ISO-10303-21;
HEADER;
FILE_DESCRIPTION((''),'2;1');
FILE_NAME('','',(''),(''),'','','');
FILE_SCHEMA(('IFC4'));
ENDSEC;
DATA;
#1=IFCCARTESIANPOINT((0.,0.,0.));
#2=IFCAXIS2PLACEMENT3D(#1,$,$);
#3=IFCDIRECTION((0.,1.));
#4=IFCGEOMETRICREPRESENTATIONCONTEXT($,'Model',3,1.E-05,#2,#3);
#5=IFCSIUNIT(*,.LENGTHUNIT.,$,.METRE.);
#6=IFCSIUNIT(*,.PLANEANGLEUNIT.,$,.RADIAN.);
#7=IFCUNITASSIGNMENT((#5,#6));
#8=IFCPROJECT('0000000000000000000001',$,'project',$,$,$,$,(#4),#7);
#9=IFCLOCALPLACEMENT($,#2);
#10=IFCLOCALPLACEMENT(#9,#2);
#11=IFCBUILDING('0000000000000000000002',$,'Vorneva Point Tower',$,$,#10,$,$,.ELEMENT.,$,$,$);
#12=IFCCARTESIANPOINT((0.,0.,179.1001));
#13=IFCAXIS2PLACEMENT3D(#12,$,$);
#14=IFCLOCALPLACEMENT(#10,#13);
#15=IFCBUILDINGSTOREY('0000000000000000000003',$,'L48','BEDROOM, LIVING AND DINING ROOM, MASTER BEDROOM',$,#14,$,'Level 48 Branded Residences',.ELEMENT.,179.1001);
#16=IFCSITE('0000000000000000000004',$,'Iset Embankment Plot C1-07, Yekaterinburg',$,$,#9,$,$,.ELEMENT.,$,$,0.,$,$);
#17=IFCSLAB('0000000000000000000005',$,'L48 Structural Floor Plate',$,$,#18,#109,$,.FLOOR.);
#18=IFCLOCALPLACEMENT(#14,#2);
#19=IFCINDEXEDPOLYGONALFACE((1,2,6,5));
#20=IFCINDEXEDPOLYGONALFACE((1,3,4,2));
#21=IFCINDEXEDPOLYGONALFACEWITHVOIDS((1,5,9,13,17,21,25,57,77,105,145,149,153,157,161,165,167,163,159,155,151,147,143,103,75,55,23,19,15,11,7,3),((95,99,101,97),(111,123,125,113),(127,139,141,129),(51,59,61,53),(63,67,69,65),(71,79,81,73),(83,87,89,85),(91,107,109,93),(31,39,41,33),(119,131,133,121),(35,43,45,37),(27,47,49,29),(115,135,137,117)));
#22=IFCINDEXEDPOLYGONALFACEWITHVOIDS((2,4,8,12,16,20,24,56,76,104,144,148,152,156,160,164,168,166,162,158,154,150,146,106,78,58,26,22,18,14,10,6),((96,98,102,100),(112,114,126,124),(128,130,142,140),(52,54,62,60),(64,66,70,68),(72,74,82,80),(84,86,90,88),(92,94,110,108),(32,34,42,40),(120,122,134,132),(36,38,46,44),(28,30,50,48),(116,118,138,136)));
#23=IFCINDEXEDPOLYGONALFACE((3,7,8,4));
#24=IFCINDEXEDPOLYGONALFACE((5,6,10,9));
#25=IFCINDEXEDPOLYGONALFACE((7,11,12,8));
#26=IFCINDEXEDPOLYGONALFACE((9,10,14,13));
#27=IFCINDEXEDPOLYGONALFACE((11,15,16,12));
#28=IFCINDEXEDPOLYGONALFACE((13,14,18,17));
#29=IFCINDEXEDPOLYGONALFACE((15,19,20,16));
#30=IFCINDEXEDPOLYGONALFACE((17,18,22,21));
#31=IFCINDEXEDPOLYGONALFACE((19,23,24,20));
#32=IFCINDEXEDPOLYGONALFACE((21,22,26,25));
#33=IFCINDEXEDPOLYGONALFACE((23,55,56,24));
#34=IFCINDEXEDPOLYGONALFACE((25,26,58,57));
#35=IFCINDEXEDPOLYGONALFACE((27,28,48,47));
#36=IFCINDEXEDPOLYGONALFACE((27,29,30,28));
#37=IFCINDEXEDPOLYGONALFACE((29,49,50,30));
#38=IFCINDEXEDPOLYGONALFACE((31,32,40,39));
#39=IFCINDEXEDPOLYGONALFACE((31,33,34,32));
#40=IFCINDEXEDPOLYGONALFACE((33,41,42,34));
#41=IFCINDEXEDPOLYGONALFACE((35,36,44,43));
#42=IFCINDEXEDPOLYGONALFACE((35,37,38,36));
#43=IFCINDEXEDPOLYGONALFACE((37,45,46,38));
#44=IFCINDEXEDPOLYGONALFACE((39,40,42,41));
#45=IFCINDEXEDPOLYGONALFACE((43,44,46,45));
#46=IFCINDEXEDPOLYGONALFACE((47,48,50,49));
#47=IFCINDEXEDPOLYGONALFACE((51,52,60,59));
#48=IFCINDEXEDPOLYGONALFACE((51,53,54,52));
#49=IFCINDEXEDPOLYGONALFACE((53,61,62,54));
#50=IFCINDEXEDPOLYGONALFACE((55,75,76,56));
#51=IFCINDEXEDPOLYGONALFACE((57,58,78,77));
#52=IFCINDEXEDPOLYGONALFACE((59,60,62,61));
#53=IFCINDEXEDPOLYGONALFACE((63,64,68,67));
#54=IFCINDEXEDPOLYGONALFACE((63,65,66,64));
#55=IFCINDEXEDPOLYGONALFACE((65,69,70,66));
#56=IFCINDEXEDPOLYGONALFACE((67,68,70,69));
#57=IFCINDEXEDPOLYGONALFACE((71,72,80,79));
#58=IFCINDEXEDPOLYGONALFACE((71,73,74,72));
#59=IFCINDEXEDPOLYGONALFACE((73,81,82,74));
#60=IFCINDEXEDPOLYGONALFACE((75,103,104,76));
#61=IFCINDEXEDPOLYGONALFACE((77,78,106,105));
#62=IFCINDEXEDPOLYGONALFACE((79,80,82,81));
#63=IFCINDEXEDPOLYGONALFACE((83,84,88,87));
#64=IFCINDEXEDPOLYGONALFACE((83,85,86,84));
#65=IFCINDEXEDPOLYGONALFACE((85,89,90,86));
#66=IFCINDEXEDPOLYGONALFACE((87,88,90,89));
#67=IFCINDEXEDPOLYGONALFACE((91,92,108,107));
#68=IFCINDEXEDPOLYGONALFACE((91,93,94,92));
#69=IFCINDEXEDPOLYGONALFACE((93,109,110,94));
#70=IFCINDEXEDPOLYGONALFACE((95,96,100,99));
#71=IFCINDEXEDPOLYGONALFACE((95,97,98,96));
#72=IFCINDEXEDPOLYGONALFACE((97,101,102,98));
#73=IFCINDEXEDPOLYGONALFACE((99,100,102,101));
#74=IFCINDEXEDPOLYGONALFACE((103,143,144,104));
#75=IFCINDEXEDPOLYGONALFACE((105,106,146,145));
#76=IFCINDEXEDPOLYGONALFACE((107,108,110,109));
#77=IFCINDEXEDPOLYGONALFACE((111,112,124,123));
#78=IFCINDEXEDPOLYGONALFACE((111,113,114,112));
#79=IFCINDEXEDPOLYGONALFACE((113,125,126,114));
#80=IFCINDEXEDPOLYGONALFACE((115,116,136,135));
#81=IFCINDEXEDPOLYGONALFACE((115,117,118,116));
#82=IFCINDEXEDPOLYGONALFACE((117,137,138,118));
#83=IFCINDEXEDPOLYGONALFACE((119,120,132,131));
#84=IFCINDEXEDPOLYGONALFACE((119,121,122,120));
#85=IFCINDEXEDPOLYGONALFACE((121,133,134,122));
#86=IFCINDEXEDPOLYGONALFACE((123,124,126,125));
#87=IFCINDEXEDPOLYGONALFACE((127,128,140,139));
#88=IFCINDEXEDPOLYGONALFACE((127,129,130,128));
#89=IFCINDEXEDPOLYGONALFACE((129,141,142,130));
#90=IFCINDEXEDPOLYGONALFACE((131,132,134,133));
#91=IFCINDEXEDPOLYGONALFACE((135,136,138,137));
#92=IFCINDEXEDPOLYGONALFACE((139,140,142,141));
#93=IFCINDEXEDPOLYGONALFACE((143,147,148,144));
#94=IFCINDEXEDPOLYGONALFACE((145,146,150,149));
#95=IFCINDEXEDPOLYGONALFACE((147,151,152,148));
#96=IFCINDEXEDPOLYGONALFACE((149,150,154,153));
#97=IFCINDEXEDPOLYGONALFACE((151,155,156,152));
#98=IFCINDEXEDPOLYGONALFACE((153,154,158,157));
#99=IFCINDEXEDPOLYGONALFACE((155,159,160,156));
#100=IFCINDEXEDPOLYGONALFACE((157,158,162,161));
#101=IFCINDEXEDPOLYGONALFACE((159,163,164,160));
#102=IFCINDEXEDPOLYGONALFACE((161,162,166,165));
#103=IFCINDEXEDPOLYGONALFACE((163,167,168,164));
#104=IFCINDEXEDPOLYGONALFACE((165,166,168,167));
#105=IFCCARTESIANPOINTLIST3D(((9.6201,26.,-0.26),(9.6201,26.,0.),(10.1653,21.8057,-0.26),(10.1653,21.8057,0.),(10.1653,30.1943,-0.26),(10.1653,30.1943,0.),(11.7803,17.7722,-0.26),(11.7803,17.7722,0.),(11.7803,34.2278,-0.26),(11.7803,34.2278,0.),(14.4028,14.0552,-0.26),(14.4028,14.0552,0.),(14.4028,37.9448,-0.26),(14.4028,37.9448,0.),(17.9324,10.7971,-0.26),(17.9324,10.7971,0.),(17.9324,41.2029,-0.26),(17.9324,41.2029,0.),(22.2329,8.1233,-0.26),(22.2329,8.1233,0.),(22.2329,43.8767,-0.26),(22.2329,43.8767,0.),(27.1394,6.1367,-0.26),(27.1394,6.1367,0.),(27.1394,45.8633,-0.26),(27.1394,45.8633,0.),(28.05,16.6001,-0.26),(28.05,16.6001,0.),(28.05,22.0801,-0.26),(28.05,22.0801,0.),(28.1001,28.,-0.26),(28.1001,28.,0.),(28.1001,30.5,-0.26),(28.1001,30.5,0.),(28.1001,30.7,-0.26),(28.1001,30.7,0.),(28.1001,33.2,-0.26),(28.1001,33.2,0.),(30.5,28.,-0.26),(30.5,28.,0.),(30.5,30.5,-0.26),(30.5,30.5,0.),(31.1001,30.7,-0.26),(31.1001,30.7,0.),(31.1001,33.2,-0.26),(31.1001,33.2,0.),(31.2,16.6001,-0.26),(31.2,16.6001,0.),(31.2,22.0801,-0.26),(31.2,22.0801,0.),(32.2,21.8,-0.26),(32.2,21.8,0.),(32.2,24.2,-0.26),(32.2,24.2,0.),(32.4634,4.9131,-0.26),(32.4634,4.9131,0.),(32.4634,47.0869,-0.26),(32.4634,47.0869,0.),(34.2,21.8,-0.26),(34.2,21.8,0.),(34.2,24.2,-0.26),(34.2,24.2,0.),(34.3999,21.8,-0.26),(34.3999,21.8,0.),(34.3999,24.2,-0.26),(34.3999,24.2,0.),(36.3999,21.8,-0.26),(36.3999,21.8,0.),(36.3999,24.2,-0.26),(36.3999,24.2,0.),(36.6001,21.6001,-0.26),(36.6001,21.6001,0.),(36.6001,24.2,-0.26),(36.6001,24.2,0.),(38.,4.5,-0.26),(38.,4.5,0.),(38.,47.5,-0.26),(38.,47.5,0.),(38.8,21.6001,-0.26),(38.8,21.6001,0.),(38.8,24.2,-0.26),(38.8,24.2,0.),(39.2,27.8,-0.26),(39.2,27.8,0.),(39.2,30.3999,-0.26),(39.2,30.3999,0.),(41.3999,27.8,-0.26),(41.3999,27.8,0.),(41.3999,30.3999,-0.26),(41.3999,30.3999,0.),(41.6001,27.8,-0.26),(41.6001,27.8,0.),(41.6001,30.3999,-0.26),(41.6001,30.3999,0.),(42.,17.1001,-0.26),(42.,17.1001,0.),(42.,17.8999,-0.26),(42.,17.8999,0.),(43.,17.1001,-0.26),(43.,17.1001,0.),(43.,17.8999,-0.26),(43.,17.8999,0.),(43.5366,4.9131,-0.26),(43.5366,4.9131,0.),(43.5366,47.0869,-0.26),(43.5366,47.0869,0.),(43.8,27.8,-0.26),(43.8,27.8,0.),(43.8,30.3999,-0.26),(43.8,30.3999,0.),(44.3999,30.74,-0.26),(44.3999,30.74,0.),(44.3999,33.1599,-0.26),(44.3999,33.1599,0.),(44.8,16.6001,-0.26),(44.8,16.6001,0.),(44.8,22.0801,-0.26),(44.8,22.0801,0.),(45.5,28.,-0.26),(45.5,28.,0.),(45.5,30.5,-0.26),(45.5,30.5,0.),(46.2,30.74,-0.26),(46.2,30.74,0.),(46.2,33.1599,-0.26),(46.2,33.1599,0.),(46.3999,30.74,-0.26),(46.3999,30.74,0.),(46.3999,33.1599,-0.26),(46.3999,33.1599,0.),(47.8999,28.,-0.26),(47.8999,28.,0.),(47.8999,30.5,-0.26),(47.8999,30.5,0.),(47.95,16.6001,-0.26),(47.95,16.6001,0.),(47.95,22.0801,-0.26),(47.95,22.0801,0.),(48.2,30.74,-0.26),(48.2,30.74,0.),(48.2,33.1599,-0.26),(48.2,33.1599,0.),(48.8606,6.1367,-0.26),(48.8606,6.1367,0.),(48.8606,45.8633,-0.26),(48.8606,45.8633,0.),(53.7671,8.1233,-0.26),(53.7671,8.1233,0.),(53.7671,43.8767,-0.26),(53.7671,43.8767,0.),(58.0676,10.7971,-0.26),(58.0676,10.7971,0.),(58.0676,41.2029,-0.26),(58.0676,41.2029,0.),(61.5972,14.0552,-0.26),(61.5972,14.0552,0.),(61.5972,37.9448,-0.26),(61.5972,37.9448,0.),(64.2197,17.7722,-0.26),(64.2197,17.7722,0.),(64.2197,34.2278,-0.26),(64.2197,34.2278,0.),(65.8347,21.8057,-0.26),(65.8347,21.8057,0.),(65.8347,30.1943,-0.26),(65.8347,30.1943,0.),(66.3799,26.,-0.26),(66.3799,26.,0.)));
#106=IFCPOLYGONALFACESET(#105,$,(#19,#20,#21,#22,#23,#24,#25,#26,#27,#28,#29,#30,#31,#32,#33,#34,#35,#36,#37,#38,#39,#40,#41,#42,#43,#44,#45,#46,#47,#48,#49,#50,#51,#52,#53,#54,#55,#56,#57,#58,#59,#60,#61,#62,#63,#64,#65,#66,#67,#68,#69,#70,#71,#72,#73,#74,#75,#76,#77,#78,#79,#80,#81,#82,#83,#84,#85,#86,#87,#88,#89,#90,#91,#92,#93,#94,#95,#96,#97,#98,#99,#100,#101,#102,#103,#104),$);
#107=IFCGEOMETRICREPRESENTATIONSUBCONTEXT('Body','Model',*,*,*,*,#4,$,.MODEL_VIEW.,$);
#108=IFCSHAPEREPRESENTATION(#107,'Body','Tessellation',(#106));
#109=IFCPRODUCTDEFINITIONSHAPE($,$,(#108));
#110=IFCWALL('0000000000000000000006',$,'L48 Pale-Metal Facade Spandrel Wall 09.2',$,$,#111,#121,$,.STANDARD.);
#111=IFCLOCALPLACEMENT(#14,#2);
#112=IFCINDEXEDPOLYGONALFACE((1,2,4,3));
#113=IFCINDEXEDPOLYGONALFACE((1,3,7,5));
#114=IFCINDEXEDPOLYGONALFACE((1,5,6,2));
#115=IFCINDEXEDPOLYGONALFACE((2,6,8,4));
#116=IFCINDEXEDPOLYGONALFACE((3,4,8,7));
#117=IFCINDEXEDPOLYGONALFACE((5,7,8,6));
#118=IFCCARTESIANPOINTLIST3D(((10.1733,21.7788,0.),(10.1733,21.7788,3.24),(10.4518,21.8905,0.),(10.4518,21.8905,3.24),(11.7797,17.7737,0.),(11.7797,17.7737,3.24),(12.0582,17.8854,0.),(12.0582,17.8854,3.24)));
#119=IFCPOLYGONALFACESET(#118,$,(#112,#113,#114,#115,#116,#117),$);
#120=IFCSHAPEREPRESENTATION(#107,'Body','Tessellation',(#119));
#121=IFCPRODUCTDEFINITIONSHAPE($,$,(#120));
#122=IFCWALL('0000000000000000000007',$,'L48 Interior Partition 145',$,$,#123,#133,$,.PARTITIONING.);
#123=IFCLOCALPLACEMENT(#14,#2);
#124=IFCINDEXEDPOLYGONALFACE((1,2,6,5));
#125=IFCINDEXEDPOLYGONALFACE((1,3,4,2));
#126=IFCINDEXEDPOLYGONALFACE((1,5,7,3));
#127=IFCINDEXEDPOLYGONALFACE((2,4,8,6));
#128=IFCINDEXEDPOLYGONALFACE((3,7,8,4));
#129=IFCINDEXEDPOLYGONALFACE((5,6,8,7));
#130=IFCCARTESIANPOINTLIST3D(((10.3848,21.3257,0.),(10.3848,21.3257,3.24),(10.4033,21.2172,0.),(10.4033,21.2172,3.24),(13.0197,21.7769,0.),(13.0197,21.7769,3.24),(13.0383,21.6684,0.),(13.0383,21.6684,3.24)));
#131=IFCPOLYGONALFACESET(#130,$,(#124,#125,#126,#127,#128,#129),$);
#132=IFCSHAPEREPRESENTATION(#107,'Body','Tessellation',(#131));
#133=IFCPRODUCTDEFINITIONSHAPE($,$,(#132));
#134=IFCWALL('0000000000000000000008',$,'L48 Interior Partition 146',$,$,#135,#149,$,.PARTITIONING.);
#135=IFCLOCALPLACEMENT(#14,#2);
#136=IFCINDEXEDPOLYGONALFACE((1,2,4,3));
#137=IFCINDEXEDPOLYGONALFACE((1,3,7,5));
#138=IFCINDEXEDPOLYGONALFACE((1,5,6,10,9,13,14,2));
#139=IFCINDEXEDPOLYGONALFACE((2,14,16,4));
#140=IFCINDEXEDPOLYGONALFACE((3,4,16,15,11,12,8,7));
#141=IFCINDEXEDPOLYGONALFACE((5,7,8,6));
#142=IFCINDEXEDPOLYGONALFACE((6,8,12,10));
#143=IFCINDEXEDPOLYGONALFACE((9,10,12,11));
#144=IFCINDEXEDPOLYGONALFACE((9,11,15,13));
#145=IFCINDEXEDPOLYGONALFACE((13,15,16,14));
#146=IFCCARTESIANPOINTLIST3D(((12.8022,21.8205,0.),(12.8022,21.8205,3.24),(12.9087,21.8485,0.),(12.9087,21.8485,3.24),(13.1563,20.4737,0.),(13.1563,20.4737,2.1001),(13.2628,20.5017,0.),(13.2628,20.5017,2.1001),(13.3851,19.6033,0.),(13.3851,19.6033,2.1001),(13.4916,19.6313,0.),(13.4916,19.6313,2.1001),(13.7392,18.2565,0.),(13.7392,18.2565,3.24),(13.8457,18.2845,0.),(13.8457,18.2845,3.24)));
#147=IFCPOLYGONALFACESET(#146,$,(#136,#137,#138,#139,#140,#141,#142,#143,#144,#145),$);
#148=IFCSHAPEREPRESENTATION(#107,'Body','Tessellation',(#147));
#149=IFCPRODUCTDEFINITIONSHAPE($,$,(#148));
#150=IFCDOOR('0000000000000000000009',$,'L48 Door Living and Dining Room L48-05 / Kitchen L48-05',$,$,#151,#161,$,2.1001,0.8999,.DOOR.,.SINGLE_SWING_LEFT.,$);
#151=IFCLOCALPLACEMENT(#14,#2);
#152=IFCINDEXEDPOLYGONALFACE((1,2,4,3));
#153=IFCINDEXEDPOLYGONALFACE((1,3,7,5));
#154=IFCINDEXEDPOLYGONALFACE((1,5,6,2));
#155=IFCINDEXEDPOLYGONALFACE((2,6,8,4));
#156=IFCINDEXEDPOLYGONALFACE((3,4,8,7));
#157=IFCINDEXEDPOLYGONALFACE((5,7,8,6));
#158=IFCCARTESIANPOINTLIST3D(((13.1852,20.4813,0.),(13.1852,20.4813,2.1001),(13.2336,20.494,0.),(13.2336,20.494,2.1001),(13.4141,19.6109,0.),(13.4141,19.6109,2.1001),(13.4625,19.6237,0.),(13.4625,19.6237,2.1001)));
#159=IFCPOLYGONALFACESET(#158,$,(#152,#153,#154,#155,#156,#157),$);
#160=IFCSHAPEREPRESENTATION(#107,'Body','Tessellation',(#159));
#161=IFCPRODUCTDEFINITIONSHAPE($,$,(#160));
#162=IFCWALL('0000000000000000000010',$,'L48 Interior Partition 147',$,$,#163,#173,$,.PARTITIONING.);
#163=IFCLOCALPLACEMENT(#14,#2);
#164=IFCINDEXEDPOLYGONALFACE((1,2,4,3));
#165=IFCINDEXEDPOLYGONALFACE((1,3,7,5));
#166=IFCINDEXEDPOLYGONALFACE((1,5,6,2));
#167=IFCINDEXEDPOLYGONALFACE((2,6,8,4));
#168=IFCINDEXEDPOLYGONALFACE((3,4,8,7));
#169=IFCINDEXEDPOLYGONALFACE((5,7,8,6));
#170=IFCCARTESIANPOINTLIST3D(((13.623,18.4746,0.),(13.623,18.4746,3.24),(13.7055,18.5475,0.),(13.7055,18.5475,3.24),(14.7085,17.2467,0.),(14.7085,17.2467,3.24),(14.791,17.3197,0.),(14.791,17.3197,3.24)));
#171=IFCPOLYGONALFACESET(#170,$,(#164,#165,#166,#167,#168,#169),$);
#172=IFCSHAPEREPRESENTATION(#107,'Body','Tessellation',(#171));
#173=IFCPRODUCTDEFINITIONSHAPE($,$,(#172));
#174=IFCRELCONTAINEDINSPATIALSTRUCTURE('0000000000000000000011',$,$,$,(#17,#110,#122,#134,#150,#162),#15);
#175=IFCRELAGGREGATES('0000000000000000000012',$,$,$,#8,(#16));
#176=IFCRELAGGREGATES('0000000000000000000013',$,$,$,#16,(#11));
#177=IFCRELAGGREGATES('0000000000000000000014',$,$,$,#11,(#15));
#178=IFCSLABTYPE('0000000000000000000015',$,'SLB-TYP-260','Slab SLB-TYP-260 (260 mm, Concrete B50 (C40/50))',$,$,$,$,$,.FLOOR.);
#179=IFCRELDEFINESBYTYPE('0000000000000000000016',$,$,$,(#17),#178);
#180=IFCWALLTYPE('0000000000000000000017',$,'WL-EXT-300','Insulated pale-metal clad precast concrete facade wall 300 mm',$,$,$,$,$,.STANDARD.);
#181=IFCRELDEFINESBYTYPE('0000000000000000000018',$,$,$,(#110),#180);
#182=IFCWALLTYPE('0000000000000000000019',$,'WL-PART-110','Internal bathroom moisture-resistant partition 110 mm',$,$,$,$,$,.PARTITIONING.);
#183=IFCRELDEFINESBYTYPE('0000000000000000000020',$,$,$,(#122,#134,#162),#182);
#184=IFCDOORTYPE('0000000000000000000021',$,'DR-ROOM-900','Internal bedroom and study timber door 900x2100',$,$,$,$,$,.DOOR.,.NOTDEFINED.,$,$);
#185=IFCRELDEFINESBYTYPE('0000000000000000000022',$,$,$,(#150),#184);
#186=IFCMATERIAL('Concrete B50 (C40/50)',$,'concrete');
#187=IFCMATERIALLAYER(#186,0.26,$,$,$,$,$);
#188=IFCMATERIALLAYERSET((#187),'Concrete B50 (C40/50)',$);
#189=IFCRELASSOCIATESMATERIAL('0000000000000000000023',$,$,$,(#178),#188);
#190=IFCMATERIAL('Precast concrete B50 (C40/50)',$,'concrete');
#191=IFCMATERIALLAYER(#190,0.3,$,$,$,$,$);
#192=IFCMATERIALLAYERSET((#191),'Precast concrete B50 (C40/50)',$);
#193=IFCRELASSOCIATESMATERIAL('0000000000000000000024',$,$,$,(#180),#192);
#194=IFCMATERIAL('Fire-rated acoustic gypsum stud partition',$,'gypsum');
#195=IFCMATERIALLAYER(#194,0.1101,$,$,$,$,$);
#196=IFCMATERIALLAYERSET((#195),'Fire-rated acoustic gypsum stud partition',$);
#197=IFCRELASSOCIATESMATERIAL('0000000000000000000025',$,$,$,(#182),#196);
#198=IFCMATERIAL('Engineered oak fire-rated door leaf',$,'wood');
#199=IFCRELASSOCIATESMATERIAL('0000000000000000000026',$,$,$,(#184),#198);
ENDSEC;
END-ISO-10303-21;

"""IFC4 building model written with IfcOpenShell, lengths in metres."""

from ifc_helpers import new_model, si_unit, direction, frame, frame_2d, origin, place, context, subcontext, project, spatial, polyline, rectangle, outline, extrude, material, layer, layer_set, type_object, element, fill, save


model = new_model("IFC4")

# Units and contexts
model_context = context("Model", 3, precision=1e-05, world=origin(), true_north=direction((0.0, 1.0)))
body_context = subcontext(model_context, "Body", "Model", "MODEL_VIEW")
ifc_project = project(units=[si_unit("LENGTHUNIT", "METRE"), si_unit("PLANEANGLEUNIT", "RADIAN")], contexts=[model_context])

# Site, building, storey
site_placement = place(None, origin())
site = spatial("IfcSite", under=ifc_project, at=site_placement, Name="Iset Embankment Plot C1-07, Yekaterinburg", CompositionType="ELEMENT", RefElevation=0.0)
building_placement = place(site_placement, origin())
building = spatial("IfcBuilding", under=site, at=building_placement, Name="Vorneva Point Tower", CompositionType="ELEMENT")
storey_placement = place(building_placement, frame((0.0, 0.0, 179.1001)))
storey = spatial("IfcBuildingStorey", under=building, at=storey_placement, Name="L48", Description="BEDROOM, LIVING AND DINING ROOM, MASTER BEDROOM", LongName="Level 48 Branded Residences", CompositionType="ELEMENT", Elevation=179.1001)

# Shared definitions
ifc_material_1 = material(Name="Concrete B50 (C40/50)", Category="concrete")

# Slab
ifc_layer_1 = layer(ifc_material_1, 0.26)
ifc_layer_set_1 = layer_set([ifc_layer_1], Name="Concrete B50 (C40/50)")
slab_type_1 = type_object("IfcSlabType", Name="SLB-TYP-260", Description="Slab SLB-TYP-260 (260 mm, Concrete B50 (C40/50))", PredefinedType="FLOOR", material=ifc_layer_set_1)
slab_1_placement = place(storey_placement, frame((0.0, 0.0, -0.26)))
element("IfcSlab", 1, at=slab_1_placement, inside=storey, type_object=slab_type_1, Name="L48 Structural Floor Plate", PredefinedType="FLOOR", context=body_context, shape_type="SweptSolid", body=[
    extrude(outline(polyline([(66.3799, 26.0), (65.8347, 30.1943), (64.2197, 34.2278), (61.5972, 37.9448), (58.0676, 41.2029), (53.7671, 43.8767), (48.8606, 45.8633), (43.5366, 47.0869), (38.0, 47.5), (32.4634, 47.0869), (27.1394, 45.8633), (22.2329, 43.8767), (17.9324, 41.2029), (14.4028, 37.9448), (11.7803, 34.2278), (10.1653, 30.1943), (9.6201, 26.0), (10.1653, 21.8057), (11.7803, 17.7722), (14.4028, 14.0552), (17.9324, 10.7971), (22.2329, 8.1233), (27.1394, 6.1367), (32.4634, 4.9131), (38.0, 4.5), (43.5366, 4.9131), (48.8606, 6.1367), (53.7671, 8.1233), (58.0676, 10.7971), (61.5972, 14.0552), (64.2197, 17.7722), (65.8347, 21.8057), (66.3799, 26.0)]), holes=[polyline([(32.2, 21.8), (34.2, 21.8), (34.2, 24.2), (32.2, 24.2), (32.2, 21.8)]), polyline([(34.3999, 21.8), (36.3999, 21.8), (36.3999, 24.2), (34.3999, 24.2), (34.3999, 21.8)]), polyline([(36.6001, 21.6001), (38.8, 21.6001), (38.8, 24.2), (36.6001, 24.2), (36.6001, 21.6001)]), polyline([(39.2, 27.8), (41.3999, 27.8), (41.3999, 30.3999), (39.2, 30.3999), (39.2, 27.8)]), polyline([(41.6001, 27.8), (43.8, 27.8), (43.8, 30.3999), (41.6001, 30.3999), (41.6001, 27.8)]), polyline([(44.3999, 30.74), (46.2, 30.74), (46.2, 33.1599), (44.3999, 33.1599), (44.3999, 30.74)]), polyline([(46.3999, 30.74), (48.2, 30.74), (48.2, 33.1599), (46.3999, 33.1599), (46.3999, 30.74)]), polyline([(28.1001, 28.0), (30.5, 28.0), (30.5, 30.5), (28.1001, 30.5), (28.1001, 28.0)]), polyline([(45.5, 28.0), (47.8999, 28.0), (47.8999, 30.5), (45.5, 30.5), (45.5, 28.0)]), polyline([(28.1001, 30.7), (31.1001, 30.7), (31.1001, 33.2), (28.1001, 33.2), (28.1001, 30.7)]), polyline([(28.05, 16.6001), (31.2, 16.6001), (31.2, 22.0801), (28.05, 22.0801), (28.05, 16.6001)]), polyline([(44.8, 16.6001), (47.95, 16.6001), (47.95, 22.0801), (44.8, 22.0801), (44.8, 16.6001)]), polyline([(42.0, 17.1001), (43.0, 17.1001), (43.0, 17.8999), (42.0, 17.8999), (42.0, 17.1001)])]), origin(), (0.0, 0.0, 1.0), 0.26),
])

# Walls
ifc_material_2 = material(Name="Precast concrete B50 (C40/50)", Category="concrete")
ifc_layer_2 = layer(ifc_material_2, 0.3)
ifc_layer_set_2 = layer_set([ifc_layer_2], Name="Precast concrete B50 (C40/50)")
wall_type_1 = type_object("IfcWallType", Name="WL-EXT-300", Description="Insulated pale-metal clad precast concrete facade wall 300 mm", PredefinedType="STANDARD", material=ifc_layer_set_2)
wall_1_placement = place(storey_placement, frame((10.3125, 21.8347, 0.0), z_axis=(0.0, 0.0, 1.0), x_axis=(0.372268, -0.928125, 0.0)))
element("IfcWall", 2, at=wall_1_placement, inside=storey, type_object=wall_type_1, Name="L48 Pale-Metal Facade Spandrel Wall 09.2", PredefinedType="STANDARD", context=body_context, shape_type="SweptSolid", body=[
    extrude(rectangle(XDim=4.3152, YDim=0.3, at=frame_2d((2.1577, 0.0))), origin(), (0.0, 0.0, 1.0), 3.24),
])
ifc_material_3 = material(Name="Fire-rated acoustic gypsum stud partition", Category="gypsum")
ifc_layer_3 = layer(ifc_material_3, 0.1101)
ifc_layer_set_3 = layer_set([ifc_layer_3], Name="Fire-rated acoustic gypsum stud partition")
wall_type_2 = type_object("IfcWallType", Name="WL-PART-110", Description="Internal bathroom moisture-resistant partition 110 mm", PredefinedType="PARTITIONING", material=ifc_layer_set_3)
wall_2_placement = place(storey_placement, frame((10.394, 21.2715, 0.0), z_axis=(0.0, 0.0, 1.0), x_axis=(0.985656, 0.168766, 0.0)))
element("IfcWall", 3, at=wall_2_placement, inside=storey, type_object=wall_type_2, Name="L48 Interior Partition 145", PredefinedType="PARTITIONING", context=body_context, shape_type="SweptSolid", body=[
    extrude(rectangle(XDim=2.6733, YDim=0.1101, at=frame_2d((1.3367, 0.0))), origin(), (0.0, 0.0, 1.0), 3.24),
])

# Wall, opening, door
wall_3_placement = place(storey_placement, frame((12.8555, 21.8345, 0.0), z_axis=(0.0, 0.0, 1.0), x_axis=(0.254272, -0.967133, 0.0)))
wall_3 = element("IfcWall", 4, at=wall_3_placement, inside=storey, type_object=wall_type_2, Name="L48 Interior Partition 146", PredefinedType="PARTITIONING", context=body_context, shape_type="SweptSolid", body=[
    extrude(rectangle(XDim=3.6851, YDim=0.1101, at=frame_2d((1.8425, 0.0))), origin(), (0.0, 0.0, 1.0), 3.24),
])
opening_1_placement = place(wall_3_placement, frame((1.3926, 0.0, 0.0)))
opening_1 = element("IfcOpeningElement", 5, at=opening_1_placement, cuts=wall_3, PredefinedType="OPENING", context=body_context, shape_type="SweptSolid", body=[
    extrude(rectangle(XDim=0.8999, YDim=2.1001, at=frame_2d((0.45, 1.05))), frame((0.0, 0.0698, 0.0), z_axis=(0.0, -1.0, 0.0), x_axis=(1.0, 0.0, 0.0)), (0.0, 0.0, 1.0), 0.1399),
])
ifc_material_4 = material(Name="Engineered oak fire-rated door leaf", Category="wood")
door_type = type_object("IfcDoorType", Name="DR-ROOM-900", Description="Internal bedroom and study timber door 900x2100", OperationType="NOTDEFINED", PredefinedType="DOOR", material=ifc_material_4)
door_1_placement = place(opening_1_placement, origin())
door_1 = element("IfcDoor", 6, at=door_1_placement, inside=storey, type_object=door_type, Name="L48 Door Living and Dining Room L48-05 / Kitchen L48-05", OperationType="SINGLE_SWING_LEFT", OverallHeight=2.1001, OverallWidth=0.8999, PredefinedType="DOOR", context=body_context, shape_type="SweptSolid", body=[
    extrude(rectangle(XDim=0.8999, YDim=2.1001, at=frame_2d((0.45, 1.05))), frame((0.0, 0.0249, 0.0), z_axis=(0.0, -1.0, 0.0), x_axis=(1.0, 0.0, 0.0)), (0.0, 0.0, 1.0), 0.05),
])
fill(opening_1, door_1)

# Wall
wall_4_placement = place(storey_placement, frame((13.6643, 18.511, 0.0), z_axis=(0.0, 0.0, 1.0), x_axis=(0.662346, -0.749198, 0.0)))
element("IfcWall", 7, at=wall_4_placement, inside=storey, type_object=wall_type_2, Name="L48 Interior Partition 147", PredefinedType="PARTITIONING", context=body_context, shape_type="SweptSolid", body=[
    extrude(rectangle(XDim=1.6389, YDim=0.1101, at=frame_2d((0.8193, 0.0))), origin(), (0.0, 0.0, 1.0), 3.24),
])

save(model, "model.ifc")
